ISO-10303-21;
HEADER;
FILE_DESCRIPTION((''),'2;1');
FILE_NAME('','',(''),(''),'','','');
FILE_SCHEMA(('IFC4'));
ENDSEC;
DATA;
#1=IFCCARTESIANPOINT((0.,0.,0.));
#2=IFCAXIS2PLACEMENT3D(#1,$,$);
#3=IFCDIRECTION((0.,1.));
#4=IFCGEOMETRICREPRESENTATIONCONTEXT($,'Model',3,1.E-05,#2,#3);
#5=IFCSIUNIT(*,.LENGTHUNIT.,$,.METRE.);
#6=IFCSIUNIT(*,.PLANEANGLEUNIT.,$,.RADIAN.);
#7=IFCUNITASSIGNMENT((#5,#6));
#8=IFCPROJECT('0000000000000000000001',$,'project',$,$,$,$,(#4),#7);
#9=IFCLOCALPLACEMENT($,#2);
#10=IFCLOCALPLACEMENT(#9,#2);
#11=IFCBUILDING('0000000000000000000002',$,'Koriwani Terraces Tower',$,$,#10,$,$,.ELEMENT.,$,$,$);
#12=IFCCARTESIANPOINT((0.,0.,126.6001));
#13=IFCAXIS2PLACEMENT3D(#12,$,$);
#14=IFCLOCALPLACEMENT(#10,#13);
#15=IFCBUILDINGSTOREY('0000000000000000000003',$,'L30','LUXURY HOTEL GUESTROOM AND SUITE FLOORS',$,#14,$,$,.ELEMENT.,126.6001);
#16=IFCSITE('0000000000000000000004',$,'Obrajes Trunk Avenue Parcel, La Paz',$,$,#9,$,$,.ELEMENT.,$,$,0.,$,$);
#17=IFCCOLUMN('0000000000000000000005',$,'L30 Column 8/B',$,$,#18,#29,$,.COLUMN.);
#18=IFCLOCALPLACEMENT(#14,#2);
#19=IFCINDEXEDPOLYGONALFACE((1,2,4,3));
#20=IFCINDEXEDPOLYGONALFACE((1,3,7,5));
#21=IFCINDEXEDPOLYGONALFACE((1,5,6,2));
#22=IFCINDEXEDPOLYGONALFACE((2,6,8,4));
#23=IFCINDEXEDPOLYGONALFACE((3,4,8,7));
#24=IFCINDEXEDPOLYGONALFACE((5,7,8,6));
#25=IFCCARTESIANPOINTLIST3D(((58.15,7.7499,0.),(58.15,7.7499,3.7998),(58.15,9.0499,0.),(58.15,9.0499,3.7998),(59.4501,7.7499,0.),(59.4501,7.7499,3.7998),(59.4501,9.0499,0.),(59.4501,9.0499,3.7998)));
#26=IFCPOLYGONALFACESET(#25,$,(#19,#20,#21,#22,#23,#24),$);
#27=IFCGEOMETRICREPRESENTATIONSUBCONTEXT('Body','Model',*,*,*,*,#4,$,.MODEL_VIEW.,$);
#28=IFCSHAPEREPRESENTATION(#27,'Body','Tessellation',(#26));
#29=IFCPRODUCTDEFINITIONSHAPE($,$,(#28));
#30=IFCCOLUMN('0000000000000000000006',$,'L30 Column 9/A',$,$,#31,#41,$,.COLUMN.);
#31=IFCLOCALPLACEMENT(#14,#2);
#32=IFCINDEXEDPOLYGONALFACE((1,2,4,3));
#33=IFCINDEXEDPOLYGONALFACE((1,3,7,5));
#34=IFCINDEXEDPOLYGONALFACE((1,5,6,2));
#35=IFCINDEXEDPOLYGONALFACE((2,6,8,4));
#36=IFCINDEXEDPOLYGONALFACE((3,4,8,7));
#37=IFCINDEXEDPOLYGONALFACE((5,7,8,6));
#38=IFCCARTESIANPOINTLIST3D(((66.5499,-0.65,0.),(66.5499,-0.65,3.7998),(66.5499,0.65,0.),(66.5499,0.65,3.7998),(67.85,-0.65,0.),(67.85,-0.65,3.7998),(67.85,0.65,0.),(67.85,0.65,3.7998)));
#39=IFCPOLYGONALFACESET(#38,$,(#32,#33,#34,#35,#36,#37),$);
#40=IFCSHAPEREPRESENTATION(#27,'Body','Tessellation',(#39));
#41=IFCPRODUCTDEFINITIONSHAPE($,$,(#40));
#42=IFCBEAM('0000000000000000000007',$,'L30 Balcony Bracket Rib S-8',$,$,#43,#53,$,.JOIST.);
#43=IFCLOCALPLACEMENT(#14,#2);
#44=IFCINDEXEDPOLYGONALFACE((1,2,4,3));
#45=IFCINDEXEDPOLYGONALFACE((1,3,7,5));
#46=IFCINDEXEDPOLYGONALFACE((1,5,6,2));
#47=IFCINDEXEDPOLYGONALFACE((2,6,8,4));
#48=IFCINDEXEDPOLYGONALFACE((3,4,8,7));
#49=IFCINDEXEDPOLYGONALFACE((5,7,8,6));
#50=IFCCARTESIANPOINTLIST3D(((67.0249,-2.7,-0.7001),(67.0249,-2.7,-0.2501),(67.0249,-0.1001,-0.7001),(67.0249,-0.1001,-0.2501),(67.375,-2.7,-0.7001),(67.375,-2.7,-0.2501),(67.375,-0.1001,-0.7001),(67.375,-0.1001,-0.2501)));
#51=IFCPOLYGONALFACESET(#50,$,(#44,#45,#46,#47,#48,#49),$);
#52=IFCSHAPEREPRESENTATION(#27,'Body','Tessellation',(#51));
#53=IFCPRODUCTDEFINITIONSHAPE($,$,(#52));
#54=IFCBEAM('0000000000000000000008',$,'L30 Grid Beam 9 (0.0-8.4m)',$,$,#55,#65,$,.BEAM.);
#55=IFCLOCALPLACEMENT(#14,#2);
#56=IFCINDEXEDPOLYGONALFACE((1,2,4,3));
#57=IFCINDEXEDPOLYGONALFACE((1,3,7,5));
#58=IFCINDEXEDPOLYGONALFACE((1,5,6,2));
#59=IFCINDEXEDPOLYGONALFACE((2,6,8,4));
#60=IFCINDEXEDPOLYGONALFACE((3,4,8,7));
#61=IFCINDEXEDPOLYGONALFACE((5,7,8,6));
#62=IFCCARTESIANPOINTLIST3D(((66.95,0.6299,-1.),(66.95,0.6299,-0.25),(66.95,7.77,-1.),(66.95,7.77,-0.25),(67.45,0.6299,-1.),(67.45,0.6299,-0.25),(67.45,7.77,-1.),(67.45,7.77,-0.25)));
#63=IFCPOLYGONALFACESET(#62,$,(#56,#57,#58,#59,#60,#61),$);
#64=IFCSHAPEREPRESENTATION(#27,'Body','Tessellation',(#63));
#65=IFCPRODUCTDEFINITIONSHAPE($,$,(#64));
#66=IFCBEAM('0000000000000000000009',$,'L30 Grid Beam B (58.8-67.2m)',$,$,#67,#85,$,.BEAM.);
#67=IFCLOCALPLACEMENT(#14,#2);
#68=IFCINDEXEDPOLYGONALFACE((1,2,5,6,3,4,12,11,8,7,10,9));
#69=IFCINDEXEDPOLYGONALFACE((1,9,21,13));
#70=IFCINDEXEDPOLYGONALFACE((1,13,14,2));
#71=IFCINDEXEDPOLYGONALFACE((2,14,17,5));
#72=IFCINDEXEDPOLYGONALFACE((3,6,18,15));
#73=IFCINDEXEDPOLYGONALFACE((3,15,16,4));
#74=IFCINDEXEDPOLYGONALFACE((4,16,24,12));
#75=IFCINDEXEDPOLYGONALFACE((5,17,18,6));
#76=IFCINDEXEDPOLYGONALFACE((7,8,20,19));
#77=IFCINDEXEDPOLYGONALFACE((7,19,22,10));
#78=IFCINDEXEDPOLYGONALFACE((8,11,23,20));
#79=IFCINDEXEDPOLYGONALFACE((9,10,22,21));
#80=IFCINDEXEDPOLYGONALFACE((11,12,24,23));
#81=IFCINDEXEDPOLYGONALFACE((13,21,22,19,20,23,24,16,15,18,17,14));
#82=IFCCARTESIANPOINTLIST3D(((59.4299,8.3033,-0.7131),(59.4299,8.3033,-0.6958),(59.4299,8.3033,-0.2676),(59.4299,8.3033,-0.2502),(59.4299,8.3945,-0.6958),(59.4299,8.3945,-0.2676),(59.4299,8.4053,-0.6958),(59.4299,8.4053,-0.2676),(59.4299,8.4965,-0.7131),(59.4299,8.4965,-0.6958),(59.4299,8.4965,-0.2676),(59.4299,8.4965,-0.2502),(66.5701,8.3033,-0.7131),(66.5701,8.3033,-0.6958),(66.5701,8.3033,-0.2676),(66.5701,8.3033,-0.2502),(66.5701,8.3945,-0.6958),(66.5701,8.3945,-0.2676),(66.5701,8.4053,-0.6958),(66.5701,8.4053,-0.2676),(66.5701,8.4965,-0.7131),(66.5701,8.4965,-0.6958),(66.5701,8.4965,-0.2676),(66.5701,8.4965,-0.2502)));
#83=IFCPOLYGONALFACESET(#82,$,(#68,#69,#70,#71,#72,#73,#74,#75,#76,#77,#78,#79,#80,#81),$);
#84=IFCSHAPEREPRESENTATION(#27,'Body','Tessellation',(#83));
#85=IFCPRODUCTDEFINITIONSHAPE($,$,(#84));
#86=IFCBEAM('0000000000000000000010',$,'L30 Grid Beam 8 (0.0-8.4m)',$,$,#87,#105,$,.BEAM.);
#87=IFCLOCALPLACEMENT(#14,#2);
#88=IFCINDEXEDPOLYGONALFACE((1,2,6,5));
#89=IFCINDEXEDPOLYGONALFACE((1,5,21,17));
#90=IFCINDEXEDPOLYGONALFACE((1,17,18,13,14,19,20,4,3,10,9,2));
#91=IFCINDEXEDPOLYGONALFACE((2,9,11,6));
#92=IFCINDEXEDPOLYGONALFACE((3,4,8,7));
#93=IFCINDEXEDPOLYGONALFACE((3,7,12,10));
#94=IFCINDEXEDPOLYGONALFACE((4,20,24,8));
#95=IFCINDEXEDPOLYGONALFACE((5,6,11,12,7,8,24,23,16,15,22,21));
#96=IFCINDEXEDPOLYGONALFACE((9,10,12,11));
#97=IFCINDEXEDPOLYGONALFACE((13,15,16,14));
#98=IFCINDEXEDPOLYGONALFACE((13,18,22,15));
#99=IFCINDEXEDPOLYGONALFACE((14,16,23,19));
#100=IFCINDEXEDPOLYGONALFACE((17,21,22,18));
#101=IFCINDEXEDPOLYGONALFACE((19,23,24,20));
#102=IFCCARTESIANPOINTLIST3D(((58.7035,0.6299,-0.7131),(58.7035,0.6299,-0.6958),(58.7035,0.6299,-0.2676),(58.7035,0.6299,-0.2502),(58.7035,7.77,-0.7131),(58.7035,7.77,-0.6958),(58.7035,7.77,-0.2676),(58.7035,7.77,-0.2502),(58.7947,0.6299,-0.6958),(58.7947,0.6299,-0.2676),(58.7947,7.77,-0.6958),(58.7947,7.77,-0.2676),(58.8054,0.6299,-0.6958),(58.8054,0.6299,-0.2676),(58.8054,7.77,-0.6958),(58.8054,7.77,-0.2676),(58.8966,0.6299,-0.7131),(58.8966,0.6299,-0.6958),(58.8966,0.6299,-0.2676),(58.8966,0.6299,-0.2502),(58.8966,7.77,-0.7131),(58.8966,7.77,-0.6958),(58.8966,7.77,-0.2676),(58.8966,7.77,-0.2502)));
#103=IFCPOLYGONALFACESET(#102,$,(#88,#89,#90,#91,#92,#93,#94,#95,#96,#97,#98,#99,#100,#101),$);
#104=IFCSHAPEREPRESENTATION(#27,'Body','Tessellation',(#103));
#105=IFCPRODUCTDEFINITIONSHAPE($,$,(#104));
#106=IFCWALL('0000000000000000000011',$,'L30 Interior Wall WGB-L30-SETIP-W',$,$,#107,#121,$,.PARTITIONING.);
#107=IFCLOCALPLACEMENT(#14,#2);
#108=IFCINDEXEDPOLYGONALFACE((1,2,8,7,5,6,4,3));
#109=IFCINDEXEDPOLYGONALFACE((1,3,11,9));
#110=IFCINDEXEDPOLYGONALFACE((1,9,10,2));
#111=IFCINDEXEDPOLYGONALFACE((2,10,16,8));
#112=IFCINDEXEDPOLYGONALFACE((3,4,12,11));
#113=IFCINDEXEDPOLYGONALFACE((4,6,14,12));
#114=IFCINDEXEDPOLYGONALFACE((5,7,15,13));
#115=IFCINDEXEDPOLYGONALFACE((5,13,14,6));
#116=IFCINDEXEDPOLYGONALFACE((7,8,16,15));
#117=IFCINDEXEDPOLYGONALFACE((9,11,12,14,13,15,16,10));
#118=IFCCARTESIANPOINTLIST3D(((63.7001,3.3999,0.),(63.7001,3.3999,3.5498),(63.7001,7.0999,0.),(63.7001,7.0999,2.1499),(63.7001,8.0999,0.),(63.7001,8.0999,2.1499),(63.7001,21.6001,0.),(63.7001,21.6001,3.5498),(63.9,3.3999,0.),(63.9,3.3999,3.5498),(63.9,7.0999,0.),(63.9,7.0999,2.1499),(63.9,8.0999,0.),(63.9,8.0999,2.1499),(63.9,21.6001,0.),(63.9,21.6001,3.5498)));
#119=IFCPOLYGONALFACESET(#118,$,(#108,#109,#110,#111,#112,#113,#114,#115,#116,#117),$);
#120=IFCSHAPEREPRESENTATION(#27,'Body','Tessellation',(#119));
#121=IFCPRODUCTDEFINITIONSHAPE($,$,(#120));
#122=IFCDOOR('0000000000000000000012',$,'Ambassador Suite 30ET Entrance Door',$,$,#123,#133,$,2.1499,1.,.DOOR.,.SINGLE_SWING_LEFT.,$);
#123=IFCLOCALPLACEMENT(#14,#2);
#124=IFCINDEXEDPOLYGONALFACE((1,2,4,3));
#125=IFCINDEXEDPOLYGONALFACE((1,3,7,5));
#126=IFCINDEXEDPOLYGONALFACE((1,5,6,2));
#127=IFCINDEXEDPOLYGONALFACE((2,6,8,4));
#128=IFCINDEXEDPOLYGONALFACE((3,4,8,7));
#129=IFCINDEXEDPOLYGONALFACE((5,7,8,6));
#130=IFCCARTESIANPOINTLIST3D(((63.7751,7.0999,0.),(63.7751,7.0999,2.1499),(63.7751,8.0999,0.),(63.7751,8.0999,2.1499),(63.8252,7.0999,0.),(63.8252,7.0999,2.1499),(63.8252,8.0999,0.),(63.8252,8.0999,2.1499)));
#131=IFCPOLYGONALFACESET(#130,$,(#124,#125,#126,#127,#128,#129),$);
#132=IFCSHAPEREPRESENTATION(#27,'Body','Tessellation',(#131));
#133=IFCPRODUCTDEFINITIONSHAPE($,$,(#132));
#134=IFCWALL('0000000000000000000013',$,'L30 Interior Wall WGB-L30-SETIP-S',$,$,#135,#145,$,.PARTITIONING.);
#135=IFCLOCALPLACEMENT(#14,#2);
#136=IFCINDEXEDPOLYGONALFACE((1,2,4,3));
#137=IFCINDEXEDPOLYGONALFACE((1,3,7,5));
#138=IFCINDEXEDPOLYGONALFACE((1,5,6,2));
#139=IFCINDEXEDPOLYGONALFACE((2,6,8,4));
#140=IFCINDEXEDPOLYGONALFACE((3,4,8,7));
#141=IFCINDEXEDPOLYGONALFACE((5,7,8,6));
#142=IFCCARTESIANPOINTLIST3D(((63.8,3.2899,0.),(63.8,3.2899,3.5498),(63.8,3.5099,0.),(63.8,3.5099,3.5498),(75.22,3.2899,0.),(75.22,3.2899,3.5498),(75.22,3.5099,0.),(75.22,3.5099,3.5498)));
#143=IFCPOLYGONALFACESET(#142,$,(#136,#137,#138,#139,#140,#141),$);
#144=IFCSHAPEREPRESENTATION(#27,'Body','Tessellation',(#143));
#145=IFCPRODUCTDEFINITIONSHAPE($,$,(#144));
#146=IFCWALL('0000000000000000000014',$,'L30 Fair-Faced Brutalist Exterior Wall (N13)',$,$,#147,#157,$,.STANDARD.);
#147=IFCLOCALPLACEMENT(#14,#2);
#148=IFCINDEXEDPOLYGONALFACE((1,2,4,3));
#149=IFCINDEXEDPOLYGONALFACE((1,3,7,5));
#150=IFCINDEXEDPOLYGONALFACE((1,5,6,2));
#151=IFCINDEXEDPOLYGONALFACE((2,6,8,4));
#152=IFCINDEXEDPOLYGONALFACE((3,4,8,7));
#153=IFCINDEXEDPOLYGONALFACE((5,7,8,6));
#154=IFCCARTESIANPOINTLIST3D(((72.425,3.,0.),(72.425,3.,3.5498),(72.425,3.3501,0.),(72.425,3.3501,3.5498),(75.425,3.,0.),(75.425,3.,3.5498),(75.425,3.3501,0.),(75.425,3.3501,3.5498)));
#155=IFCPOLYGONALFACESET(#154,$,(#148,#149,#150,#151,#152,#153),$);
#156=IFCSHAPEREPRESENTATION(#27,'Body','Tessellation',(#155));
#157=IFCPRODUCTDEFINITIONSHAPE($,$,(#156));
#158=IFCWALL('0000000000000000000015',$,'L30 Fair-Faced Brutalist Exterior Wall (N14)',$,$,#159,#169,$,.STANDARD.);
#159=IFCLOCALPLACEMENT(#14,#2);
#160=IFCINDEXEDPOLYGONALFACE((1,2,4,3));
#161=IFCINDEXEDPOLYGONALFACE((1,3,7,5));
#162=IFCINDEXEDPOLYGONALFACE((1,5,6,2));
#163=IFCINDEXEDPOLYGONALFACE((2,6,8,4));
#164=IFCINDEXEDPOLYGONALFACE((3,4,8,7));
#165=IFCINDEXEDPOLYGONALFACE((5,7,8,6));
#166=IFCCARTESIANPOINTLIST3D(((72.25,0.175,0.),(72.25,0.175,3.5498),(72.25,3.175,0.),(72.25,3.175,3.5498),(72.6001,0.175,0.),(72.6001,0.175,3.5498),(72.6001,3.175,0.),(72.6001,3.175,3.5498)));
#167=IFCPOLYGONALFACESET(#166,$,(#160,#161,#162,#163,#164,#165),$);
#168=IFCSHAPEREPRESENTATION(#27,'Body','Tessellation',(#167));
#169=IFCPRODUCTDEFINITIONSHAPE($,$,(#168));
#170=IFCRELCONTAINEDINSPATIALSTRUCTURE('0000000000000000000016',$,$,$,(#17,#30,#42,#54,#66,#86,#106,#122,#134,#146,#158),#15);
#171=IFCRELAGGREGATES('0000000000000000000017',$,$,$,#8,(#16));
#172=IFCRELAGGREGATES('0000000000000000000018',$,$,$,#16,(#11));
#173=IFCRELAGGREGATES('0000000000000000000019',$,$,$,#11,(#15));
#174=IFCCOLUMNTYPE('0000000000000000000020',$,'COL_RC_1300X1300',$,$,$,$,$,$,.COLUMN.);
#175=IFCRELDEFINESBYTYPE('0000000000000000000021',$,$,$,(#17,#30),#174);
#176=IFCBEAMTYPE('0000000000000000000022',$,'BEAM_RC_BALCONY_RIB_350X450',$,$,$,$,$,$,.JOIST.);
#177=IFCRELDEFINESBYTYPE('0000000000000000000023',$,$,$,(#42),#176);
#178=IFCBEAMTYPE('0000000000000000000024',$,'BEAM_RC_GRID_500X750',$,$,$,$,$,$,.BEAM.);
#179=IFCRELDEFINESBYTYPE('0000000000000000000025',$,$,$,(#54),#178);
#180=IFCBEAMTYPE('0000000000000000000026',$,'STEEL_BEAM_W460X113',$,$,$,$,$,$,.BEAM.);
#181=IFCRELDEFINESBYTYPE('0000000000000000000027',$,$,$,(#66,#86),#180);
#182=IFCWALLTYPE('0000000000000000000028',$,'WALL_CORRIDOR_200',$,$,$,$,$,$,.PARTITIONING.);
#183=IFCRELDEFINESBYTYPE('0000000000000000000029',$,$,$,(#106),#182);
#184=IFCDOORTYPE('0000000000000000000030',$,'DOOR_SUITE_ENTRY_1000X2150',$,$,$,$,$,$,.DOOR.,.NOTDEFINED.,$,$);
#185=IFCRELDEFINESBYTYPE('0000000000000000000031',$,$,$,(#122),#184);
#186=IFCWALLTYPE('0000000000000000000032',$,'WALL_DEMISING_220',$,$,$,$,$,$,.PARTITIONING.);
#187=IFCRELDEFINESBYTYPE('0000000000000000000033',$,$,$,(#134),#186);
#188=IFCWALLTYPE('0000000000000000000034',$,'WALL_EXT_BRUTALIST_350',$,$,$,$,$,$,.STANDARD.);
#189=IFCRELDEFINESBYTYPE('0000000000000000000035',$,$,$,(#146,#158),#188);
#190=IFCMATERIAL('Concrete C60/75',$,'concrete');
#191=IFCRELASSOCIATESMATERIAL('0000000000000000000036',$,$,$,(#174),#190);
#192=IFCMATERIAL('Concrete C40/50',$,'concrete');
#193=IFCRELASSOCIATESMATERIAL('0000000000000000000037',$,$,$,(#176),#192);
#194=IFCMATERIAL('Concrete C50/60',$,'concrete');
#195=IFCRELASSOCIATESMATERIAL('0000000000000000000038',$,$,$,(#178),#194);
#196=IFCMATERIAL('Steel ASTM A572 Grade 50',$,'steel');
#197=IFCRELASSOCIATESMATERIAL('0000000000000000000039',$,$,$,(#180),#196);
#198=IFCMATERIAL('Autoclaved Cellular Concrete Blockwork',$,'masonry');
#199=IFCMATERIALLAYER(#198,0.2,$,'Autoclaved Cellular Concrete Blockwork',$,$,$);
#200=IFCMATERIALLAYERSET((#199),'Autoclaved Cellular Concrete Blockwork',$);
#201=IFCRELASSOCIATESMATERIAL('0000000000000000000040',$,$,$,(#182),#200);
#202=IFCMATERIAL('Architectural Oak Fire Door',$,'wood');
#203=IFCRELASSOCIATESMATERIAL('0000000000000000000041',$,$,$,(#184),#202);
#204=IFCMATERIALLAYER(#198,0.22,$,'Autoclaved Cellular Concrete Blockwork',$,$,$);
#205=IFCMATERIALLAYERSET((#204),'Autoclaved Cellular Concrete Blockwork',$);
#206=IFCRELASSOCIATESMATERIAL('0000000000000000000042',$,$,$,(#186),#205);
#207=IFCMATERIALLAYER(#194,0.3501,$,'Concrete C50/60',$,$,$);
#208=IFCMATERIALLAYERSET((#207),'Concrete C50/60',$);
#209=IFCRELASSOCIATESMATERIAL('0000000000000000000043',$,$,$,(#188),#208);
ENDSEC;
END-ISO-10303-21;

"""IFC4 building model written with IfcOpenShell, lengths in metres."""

from ifc_helpers import new_model, si_unit, direction, frame, frame_2d, origin, origin_2d, place, context, subcontext, project, spatial, rectangle, i_section, extrude, material, layer, layer_set, material_profile, profile_set, type_object, element, fill, save


model = new_model("IFC4")

# Units and contexts
model_context = context("Model", 3, precision=1e-05, world=origin(), true_north=direction((0.0, 1.0)))
body_context = subcontext(model_context, "Body", "Model", "MODEL_VIEW")
ifc_project = project(units=[si_unit("LENGTHUNIT", "METRE"), si_unit("PLANEANGLEUNIT", "RADIAN")], contexts=[model_context])

# Site, building, storey
site_placement = place(None, origin())
site = spatial("IfcSite", under=ifc_project, at=site_placement, Name="Obrajes Trunk Avenue Parcel, La Paz", CompositionType="ELEMENT", RefElevation=0.0)
building_placement = place(site_placement, origin())
building = spatial("IfcBuilding", under=site, at=building_placement, Name="Koriwani Terraces Tower", CompositionType="ELEMENT")
storey_placement = place(building_placement, frame((0.0, 0.0, 126.6001)))
storey = spatial("IfcBuildingStorey", under=building, at=storey_placement, Name="L30", Description="LUXURY HOTEL GUESTROOM AND SUITE FLOORS", CompositionType="ELEMENT", Elevation=126.6001)

# Columns
ifc_material_1 = material(Name="Concrete C60/75", Category="concrete")
ifc_material_profile_1 = material_profile(ifc_material_1, rectangle(XDim=1.3, YDim=1.3, at=origin_2d()), Name="Concrete C60/75", Category="LoadBearing")
ifc_profile_set_1 = profile_set([ifc_material_profile_1], Name="Concrete C60/75")
column_type = type_object("IfcColumnType", Name="COL_RC_1300X1300", PredefinedType="COLUMN", material=ifc_profile_set_1)
for number, where, z_axis, x_axis, name in (
    (1, (58.8, 8.3999, 0.0), (0.0, 0.0, 1.0), (1.0, 0.0, 0.0), "L30 Column 8/B"),
    (2, (67.2, 0.0, 0.0), (0.0, 0.0, 1.0), (1.0, 0.0, 0.0), "L30 Column 9/A"),
):
    element("IfcColumn", number, at=place(storey_placement, frame(where, z_axis=z_axis, x_axis=x_axis)), inside=storey, type_object=column_type, Name=name, PredefinedType="COLUMN", context=body_context, shape_type="SweptSolid", body=[
        extrude(rectangle(XDim=1.3, YDim=1.3, at=origin_2d()), origin(), (0.0, 0.0, 1.0), 3.7998),
    ])

# Beams
ifc_material_2 = material(Name="Concrete C40/50", Category="concrete")
ifc_material_profile_2 = material_profile(ifc_material_2, rectangle(XDim=0.3501, YDim=0.45, at=origin_2d()), Name="Concrete C40/50", Category="LoadBearing")
ifc_profile_set_2 = profile_set([ifc_material_profile_2], Name="Concrete C40/50")
beam_type_1 = type_object("IfcBeamType", Name="BEAM_RC_BALCONY_RIB_350X450", PredefinedType="JOIST", material=ifc_profile_set_2)
beam_1_placement = place(storey_placement, frame((67.2, -2.7, -0.4751), z_axis=(0.0, 1.0, 0.0), x_axis=(-1.0, 0.0, 0.0)))
element("IfcBeam", 3, at=beam_1_placement, inside=storey, type_object=beam_type_1, Name="L30 Balcony Bracket Rib S-8", PredefinedType="JOIST", context=body_context, shape_type="SweptSolid", body=[
    extrude(rectangle(XDim=0.3501, YDim=0.45, at=origin_2d()), origin(), (0.0, 0.0, 1.0), 2.5999),
])
ifc_material_3 = material(Name="Concrete C50/60", Category="concrete")
ifc_material_profile_3 = material_profile(ifc_material_3, rectangle(XDim=0.5, YDim=0.75, at=origin_2d()), Name="Concrete C50/60", Category="LoadBearing")
ifc_profile_set_3 = profile_set([ifc_material_profile_3], Name="Concrete C50/60")
beam_type_2 = type_object("IfcBeamType", Name="BEAM_RC_GRID_500X750", PredefinedType="BEAM", material=ifc_profile_set_3)
beam_2_placement = place(storey_placement, frame((67.2, 0.6299, -0.625), z_axis=(0.0, 1.0, 0.0), x_axis=(-1.0, 0.0, 0.0)))
element("IfcBeam", 4, at=beam_2_placement, inside=storey, type_object=beam_type_2, Name="L30 Grid Beam 9 (0.0-8.4m)", PredefinedType="BEAM", context=body_context, shape_type="SweptSolid", body=[
    extrude(rectangle(XDim=0.5, YDim=0.75, at=origin_2d()), origin(), (0.0, 0.0, 1.0), 7.1401),
])
ifc_material_4 = material(Name="Steel ASTM A572 Grade 50", Category="steel")
ifc_material_profile_4 = material_profile(ifc_material_4, i_section(OverallWidth=0.1931, OverallDepth=0.4629, WebThickness=0.0107, FlangeThickness=0.0173, at=origin_2d()), Name="Steel ASTM A572 Grade 50", Category="LoadBearing")
ifc_profile_set_4 = profile_set([ifc_material_profile_4], Name="Steel ASTM A572 Grade 50")
beam_type_3 = type_object("IfcBeamType", Name="STEEL_BEAM_W460X113", PredefinedType="BEAM", material=ifc_profile_set_4)
for number, where, z_axis, x_axis, name in (
    (5, (59.4299, 8.3999, -0.4817), (1.0, 0.0, 0.0), (0.0, 1.0, 0.0), "L30 Grid Beam B (58.8-67.2m)"),
    (6, (58.8, 0.6299, -0.4817), (0.0, 1.0, 0.0), (-1.0, 0.0, 0.0), "L30 Grid Beam 8 (0.0-8.4m)"),
):
    element("IfcBeam", number, at=place(storey_placement, frame(where, z_axis=z_axis, x_axis=x_axis)), inside=storey, type_object=beam_type_3, Name=name, PredefinedType="BEAM", context=body_context, shape_type="SweptSolid", body=[
        extrude(i_section(OverallWidth=0.1931, OverallDepth=0.4629, WebThickness=0.0107, FlangeThickness=0.0173, at=origin_2d()), origin(), (0.0, 0.0, 1.0), 7.1401),
    ])

# Wall, opening, door
ifc_material_5 = material(Name="Autoclaved Cellular Concrete Blockwork", Category="masonry")
ifc_layer_1 = layer(ifc_material_5, 0.2, Name="Autoclaved Cellular Concrete Blockwork")
ifc_layer_set_1 = layer_set([ifc_layer_1], Name="Autoclaved Cellular Concrete Blockwork")
wall_type_1 = type_object("IfcWallType", Name="WALL_CORRIDOR_200", PredefinedType="PARTITIONING", material=ifc_layer_set_1)
wall_1_placement = place(storey_placement, frame((63.8, 3.3999, 0.0), z_axis=(0.0, 0.0, 1.0), x_axis=(0.0, 1.0, 0.0)))
wall_1 = element("IfcWall", 7, at=wall_1_placement, inside=storey, type_object=wall_type_1, Name="L30 Interior Wall WGB-L30-SETIP-W", PredefinedType="PARTITIONING", context=body_context, shape_type="SweptSolid", body=[
    extrude(rectangle(XDim=18.2002, YDim=0.2, at=frame_2d((9.1001, 0.0))), origin(), (0.0, 0.0, 1.0), 3.5498),
])
opening_1_placement = place(wall_1_placement, frame((3.7, 0.0, 0.0)))
opening_1 = element("IfcOpeningElement", 8, at=opening_1_placement, cuts=wall_1, PredefinedType="OPENING", context=body_context, shape_type="SweptSolid", body=[
    extrude(rectangle(XDim=1.0, YDim=2.1499, at=frame_2d((0.5, 1.075))), frame((0.0, 0.1099, 0.0), z_axis=(0.0, -1.0, 0.0), x_axis=(1.0, 0.0, 0.0)), (0.0, 0.0, 1.0), 0.22),
])
ifc_material_6 = material(Name="Architectural Oak Fire Door", Category="wood")
door_type_1 = type_object("IfcDoorType", Name="DOOR_SUITE_ENTRY_1000X2150", OperationType="NOTDEFINED", PredefinedType="DOOR", material=ifc_material_6)
door_1_placement = place(opening_1_placement, origin())
door_1 = element("IfcDoor", 9, at=door_1_placement, inside=storey, type_object=door_type_1, Name="Ambassador Suite 30ET Entrance Door", OperationType="SINGLE_SWING_LEFT", OverallHeight=2.1499, OverallWidth=1.0, PredefinedType="DOOR", context=body_context, shape_type="SweptSolid", body=[
    extrude(rectangle(XDim=1.0, YDim=2.1499, at=frame_2d((0.5, 1.075))), frame((0.0, 0.0249, 0.0), z_axis=(0.0, -1.0, 0.0), x_axis=(1.0, 0.0, 0.0)), (0.0, 0.0, 1.0), 0.05),
])
fill(opening_1, door_1)

# Walls
ifc_layer_2 = layer(ifc_material_5, 0.22, Name="Autoclaved Cellular Concrete Blockwork")
ifc_layer_set_2 = layer_set([ifc_layer_2], Name="Autoclaved Cellular Concrete Blockwork")
wall_type_2 = type_object("IfcWallType", Name="WALL_DEMISING_220", PredefinedType="PARTITIONING", material=ifc_layer_set_2)
wall_2_placement = place(storey_placement, frame((63.8, 3.3999, 0.0), z_axis=(0.0, 0.0, 1.0), x_axis=(1.0, 0.0, 0.0)))
element("IfcWall", 10, at=wall_2_placement, inside=storey, type_object=wall_type_2, Name="L30 Interior Wall WGB-L30-SETIP-S", PredefinedType="PARTITIONING", context=body_context, shape_type="SweptSolid", body=[
    extrude(rectangle(XDim=11.4199, YDim=0.22, at=frame_2d((5.71, 0.0))), origin(), (0.0, 0.0, 1.0), 3.5498),
])
ifc_layer_3 = layer(ifc_material_3, 0.3501, Name="Concrete C50/60")
ifc_layer_set_3 = layer_set([ifc_layer_3], Name="Concrete C50/60")
wall_type_3 = type_object("IfcWallType", Name="WALL_EXT_BRUTALIST_350", PredefinedType="STANDARD", material=ifc_layer_set_3)
for number, where, z_axis, x_axis, name in (
    (11, (75.425, 3.175, 0.0), (0.0, 0.0, 1.0), (-1.0, 0.0, 0.0), "L30 Fair-Faced Brutalist Exterior Wall (N13)"),
    (12, (72.425, 3.175, 0.0), (0.0, 0.0, 1.0), (0.0, -1.0, 0.0), "L30 Fair-Faced Brutalist Exterior Wall (N14)"),
):
    element("IfcWall", number, at=place(storey_placement, frame(where, z_axis=z_axis, x_axis=x_axis)), inside=storey, type_object=wall_type_3, Name=name, PredefinedType="STANDARD", context=body_context, shape_type="SweptSolid", body=[
        extrude(rectangle(XDim=3.0, YDim=0.3501, at=frame_2d((1.5, 0.0))), origin(), (0.0, 0.0, 1.0), 3.5498),
    ])

save(model, "model.ifc")
